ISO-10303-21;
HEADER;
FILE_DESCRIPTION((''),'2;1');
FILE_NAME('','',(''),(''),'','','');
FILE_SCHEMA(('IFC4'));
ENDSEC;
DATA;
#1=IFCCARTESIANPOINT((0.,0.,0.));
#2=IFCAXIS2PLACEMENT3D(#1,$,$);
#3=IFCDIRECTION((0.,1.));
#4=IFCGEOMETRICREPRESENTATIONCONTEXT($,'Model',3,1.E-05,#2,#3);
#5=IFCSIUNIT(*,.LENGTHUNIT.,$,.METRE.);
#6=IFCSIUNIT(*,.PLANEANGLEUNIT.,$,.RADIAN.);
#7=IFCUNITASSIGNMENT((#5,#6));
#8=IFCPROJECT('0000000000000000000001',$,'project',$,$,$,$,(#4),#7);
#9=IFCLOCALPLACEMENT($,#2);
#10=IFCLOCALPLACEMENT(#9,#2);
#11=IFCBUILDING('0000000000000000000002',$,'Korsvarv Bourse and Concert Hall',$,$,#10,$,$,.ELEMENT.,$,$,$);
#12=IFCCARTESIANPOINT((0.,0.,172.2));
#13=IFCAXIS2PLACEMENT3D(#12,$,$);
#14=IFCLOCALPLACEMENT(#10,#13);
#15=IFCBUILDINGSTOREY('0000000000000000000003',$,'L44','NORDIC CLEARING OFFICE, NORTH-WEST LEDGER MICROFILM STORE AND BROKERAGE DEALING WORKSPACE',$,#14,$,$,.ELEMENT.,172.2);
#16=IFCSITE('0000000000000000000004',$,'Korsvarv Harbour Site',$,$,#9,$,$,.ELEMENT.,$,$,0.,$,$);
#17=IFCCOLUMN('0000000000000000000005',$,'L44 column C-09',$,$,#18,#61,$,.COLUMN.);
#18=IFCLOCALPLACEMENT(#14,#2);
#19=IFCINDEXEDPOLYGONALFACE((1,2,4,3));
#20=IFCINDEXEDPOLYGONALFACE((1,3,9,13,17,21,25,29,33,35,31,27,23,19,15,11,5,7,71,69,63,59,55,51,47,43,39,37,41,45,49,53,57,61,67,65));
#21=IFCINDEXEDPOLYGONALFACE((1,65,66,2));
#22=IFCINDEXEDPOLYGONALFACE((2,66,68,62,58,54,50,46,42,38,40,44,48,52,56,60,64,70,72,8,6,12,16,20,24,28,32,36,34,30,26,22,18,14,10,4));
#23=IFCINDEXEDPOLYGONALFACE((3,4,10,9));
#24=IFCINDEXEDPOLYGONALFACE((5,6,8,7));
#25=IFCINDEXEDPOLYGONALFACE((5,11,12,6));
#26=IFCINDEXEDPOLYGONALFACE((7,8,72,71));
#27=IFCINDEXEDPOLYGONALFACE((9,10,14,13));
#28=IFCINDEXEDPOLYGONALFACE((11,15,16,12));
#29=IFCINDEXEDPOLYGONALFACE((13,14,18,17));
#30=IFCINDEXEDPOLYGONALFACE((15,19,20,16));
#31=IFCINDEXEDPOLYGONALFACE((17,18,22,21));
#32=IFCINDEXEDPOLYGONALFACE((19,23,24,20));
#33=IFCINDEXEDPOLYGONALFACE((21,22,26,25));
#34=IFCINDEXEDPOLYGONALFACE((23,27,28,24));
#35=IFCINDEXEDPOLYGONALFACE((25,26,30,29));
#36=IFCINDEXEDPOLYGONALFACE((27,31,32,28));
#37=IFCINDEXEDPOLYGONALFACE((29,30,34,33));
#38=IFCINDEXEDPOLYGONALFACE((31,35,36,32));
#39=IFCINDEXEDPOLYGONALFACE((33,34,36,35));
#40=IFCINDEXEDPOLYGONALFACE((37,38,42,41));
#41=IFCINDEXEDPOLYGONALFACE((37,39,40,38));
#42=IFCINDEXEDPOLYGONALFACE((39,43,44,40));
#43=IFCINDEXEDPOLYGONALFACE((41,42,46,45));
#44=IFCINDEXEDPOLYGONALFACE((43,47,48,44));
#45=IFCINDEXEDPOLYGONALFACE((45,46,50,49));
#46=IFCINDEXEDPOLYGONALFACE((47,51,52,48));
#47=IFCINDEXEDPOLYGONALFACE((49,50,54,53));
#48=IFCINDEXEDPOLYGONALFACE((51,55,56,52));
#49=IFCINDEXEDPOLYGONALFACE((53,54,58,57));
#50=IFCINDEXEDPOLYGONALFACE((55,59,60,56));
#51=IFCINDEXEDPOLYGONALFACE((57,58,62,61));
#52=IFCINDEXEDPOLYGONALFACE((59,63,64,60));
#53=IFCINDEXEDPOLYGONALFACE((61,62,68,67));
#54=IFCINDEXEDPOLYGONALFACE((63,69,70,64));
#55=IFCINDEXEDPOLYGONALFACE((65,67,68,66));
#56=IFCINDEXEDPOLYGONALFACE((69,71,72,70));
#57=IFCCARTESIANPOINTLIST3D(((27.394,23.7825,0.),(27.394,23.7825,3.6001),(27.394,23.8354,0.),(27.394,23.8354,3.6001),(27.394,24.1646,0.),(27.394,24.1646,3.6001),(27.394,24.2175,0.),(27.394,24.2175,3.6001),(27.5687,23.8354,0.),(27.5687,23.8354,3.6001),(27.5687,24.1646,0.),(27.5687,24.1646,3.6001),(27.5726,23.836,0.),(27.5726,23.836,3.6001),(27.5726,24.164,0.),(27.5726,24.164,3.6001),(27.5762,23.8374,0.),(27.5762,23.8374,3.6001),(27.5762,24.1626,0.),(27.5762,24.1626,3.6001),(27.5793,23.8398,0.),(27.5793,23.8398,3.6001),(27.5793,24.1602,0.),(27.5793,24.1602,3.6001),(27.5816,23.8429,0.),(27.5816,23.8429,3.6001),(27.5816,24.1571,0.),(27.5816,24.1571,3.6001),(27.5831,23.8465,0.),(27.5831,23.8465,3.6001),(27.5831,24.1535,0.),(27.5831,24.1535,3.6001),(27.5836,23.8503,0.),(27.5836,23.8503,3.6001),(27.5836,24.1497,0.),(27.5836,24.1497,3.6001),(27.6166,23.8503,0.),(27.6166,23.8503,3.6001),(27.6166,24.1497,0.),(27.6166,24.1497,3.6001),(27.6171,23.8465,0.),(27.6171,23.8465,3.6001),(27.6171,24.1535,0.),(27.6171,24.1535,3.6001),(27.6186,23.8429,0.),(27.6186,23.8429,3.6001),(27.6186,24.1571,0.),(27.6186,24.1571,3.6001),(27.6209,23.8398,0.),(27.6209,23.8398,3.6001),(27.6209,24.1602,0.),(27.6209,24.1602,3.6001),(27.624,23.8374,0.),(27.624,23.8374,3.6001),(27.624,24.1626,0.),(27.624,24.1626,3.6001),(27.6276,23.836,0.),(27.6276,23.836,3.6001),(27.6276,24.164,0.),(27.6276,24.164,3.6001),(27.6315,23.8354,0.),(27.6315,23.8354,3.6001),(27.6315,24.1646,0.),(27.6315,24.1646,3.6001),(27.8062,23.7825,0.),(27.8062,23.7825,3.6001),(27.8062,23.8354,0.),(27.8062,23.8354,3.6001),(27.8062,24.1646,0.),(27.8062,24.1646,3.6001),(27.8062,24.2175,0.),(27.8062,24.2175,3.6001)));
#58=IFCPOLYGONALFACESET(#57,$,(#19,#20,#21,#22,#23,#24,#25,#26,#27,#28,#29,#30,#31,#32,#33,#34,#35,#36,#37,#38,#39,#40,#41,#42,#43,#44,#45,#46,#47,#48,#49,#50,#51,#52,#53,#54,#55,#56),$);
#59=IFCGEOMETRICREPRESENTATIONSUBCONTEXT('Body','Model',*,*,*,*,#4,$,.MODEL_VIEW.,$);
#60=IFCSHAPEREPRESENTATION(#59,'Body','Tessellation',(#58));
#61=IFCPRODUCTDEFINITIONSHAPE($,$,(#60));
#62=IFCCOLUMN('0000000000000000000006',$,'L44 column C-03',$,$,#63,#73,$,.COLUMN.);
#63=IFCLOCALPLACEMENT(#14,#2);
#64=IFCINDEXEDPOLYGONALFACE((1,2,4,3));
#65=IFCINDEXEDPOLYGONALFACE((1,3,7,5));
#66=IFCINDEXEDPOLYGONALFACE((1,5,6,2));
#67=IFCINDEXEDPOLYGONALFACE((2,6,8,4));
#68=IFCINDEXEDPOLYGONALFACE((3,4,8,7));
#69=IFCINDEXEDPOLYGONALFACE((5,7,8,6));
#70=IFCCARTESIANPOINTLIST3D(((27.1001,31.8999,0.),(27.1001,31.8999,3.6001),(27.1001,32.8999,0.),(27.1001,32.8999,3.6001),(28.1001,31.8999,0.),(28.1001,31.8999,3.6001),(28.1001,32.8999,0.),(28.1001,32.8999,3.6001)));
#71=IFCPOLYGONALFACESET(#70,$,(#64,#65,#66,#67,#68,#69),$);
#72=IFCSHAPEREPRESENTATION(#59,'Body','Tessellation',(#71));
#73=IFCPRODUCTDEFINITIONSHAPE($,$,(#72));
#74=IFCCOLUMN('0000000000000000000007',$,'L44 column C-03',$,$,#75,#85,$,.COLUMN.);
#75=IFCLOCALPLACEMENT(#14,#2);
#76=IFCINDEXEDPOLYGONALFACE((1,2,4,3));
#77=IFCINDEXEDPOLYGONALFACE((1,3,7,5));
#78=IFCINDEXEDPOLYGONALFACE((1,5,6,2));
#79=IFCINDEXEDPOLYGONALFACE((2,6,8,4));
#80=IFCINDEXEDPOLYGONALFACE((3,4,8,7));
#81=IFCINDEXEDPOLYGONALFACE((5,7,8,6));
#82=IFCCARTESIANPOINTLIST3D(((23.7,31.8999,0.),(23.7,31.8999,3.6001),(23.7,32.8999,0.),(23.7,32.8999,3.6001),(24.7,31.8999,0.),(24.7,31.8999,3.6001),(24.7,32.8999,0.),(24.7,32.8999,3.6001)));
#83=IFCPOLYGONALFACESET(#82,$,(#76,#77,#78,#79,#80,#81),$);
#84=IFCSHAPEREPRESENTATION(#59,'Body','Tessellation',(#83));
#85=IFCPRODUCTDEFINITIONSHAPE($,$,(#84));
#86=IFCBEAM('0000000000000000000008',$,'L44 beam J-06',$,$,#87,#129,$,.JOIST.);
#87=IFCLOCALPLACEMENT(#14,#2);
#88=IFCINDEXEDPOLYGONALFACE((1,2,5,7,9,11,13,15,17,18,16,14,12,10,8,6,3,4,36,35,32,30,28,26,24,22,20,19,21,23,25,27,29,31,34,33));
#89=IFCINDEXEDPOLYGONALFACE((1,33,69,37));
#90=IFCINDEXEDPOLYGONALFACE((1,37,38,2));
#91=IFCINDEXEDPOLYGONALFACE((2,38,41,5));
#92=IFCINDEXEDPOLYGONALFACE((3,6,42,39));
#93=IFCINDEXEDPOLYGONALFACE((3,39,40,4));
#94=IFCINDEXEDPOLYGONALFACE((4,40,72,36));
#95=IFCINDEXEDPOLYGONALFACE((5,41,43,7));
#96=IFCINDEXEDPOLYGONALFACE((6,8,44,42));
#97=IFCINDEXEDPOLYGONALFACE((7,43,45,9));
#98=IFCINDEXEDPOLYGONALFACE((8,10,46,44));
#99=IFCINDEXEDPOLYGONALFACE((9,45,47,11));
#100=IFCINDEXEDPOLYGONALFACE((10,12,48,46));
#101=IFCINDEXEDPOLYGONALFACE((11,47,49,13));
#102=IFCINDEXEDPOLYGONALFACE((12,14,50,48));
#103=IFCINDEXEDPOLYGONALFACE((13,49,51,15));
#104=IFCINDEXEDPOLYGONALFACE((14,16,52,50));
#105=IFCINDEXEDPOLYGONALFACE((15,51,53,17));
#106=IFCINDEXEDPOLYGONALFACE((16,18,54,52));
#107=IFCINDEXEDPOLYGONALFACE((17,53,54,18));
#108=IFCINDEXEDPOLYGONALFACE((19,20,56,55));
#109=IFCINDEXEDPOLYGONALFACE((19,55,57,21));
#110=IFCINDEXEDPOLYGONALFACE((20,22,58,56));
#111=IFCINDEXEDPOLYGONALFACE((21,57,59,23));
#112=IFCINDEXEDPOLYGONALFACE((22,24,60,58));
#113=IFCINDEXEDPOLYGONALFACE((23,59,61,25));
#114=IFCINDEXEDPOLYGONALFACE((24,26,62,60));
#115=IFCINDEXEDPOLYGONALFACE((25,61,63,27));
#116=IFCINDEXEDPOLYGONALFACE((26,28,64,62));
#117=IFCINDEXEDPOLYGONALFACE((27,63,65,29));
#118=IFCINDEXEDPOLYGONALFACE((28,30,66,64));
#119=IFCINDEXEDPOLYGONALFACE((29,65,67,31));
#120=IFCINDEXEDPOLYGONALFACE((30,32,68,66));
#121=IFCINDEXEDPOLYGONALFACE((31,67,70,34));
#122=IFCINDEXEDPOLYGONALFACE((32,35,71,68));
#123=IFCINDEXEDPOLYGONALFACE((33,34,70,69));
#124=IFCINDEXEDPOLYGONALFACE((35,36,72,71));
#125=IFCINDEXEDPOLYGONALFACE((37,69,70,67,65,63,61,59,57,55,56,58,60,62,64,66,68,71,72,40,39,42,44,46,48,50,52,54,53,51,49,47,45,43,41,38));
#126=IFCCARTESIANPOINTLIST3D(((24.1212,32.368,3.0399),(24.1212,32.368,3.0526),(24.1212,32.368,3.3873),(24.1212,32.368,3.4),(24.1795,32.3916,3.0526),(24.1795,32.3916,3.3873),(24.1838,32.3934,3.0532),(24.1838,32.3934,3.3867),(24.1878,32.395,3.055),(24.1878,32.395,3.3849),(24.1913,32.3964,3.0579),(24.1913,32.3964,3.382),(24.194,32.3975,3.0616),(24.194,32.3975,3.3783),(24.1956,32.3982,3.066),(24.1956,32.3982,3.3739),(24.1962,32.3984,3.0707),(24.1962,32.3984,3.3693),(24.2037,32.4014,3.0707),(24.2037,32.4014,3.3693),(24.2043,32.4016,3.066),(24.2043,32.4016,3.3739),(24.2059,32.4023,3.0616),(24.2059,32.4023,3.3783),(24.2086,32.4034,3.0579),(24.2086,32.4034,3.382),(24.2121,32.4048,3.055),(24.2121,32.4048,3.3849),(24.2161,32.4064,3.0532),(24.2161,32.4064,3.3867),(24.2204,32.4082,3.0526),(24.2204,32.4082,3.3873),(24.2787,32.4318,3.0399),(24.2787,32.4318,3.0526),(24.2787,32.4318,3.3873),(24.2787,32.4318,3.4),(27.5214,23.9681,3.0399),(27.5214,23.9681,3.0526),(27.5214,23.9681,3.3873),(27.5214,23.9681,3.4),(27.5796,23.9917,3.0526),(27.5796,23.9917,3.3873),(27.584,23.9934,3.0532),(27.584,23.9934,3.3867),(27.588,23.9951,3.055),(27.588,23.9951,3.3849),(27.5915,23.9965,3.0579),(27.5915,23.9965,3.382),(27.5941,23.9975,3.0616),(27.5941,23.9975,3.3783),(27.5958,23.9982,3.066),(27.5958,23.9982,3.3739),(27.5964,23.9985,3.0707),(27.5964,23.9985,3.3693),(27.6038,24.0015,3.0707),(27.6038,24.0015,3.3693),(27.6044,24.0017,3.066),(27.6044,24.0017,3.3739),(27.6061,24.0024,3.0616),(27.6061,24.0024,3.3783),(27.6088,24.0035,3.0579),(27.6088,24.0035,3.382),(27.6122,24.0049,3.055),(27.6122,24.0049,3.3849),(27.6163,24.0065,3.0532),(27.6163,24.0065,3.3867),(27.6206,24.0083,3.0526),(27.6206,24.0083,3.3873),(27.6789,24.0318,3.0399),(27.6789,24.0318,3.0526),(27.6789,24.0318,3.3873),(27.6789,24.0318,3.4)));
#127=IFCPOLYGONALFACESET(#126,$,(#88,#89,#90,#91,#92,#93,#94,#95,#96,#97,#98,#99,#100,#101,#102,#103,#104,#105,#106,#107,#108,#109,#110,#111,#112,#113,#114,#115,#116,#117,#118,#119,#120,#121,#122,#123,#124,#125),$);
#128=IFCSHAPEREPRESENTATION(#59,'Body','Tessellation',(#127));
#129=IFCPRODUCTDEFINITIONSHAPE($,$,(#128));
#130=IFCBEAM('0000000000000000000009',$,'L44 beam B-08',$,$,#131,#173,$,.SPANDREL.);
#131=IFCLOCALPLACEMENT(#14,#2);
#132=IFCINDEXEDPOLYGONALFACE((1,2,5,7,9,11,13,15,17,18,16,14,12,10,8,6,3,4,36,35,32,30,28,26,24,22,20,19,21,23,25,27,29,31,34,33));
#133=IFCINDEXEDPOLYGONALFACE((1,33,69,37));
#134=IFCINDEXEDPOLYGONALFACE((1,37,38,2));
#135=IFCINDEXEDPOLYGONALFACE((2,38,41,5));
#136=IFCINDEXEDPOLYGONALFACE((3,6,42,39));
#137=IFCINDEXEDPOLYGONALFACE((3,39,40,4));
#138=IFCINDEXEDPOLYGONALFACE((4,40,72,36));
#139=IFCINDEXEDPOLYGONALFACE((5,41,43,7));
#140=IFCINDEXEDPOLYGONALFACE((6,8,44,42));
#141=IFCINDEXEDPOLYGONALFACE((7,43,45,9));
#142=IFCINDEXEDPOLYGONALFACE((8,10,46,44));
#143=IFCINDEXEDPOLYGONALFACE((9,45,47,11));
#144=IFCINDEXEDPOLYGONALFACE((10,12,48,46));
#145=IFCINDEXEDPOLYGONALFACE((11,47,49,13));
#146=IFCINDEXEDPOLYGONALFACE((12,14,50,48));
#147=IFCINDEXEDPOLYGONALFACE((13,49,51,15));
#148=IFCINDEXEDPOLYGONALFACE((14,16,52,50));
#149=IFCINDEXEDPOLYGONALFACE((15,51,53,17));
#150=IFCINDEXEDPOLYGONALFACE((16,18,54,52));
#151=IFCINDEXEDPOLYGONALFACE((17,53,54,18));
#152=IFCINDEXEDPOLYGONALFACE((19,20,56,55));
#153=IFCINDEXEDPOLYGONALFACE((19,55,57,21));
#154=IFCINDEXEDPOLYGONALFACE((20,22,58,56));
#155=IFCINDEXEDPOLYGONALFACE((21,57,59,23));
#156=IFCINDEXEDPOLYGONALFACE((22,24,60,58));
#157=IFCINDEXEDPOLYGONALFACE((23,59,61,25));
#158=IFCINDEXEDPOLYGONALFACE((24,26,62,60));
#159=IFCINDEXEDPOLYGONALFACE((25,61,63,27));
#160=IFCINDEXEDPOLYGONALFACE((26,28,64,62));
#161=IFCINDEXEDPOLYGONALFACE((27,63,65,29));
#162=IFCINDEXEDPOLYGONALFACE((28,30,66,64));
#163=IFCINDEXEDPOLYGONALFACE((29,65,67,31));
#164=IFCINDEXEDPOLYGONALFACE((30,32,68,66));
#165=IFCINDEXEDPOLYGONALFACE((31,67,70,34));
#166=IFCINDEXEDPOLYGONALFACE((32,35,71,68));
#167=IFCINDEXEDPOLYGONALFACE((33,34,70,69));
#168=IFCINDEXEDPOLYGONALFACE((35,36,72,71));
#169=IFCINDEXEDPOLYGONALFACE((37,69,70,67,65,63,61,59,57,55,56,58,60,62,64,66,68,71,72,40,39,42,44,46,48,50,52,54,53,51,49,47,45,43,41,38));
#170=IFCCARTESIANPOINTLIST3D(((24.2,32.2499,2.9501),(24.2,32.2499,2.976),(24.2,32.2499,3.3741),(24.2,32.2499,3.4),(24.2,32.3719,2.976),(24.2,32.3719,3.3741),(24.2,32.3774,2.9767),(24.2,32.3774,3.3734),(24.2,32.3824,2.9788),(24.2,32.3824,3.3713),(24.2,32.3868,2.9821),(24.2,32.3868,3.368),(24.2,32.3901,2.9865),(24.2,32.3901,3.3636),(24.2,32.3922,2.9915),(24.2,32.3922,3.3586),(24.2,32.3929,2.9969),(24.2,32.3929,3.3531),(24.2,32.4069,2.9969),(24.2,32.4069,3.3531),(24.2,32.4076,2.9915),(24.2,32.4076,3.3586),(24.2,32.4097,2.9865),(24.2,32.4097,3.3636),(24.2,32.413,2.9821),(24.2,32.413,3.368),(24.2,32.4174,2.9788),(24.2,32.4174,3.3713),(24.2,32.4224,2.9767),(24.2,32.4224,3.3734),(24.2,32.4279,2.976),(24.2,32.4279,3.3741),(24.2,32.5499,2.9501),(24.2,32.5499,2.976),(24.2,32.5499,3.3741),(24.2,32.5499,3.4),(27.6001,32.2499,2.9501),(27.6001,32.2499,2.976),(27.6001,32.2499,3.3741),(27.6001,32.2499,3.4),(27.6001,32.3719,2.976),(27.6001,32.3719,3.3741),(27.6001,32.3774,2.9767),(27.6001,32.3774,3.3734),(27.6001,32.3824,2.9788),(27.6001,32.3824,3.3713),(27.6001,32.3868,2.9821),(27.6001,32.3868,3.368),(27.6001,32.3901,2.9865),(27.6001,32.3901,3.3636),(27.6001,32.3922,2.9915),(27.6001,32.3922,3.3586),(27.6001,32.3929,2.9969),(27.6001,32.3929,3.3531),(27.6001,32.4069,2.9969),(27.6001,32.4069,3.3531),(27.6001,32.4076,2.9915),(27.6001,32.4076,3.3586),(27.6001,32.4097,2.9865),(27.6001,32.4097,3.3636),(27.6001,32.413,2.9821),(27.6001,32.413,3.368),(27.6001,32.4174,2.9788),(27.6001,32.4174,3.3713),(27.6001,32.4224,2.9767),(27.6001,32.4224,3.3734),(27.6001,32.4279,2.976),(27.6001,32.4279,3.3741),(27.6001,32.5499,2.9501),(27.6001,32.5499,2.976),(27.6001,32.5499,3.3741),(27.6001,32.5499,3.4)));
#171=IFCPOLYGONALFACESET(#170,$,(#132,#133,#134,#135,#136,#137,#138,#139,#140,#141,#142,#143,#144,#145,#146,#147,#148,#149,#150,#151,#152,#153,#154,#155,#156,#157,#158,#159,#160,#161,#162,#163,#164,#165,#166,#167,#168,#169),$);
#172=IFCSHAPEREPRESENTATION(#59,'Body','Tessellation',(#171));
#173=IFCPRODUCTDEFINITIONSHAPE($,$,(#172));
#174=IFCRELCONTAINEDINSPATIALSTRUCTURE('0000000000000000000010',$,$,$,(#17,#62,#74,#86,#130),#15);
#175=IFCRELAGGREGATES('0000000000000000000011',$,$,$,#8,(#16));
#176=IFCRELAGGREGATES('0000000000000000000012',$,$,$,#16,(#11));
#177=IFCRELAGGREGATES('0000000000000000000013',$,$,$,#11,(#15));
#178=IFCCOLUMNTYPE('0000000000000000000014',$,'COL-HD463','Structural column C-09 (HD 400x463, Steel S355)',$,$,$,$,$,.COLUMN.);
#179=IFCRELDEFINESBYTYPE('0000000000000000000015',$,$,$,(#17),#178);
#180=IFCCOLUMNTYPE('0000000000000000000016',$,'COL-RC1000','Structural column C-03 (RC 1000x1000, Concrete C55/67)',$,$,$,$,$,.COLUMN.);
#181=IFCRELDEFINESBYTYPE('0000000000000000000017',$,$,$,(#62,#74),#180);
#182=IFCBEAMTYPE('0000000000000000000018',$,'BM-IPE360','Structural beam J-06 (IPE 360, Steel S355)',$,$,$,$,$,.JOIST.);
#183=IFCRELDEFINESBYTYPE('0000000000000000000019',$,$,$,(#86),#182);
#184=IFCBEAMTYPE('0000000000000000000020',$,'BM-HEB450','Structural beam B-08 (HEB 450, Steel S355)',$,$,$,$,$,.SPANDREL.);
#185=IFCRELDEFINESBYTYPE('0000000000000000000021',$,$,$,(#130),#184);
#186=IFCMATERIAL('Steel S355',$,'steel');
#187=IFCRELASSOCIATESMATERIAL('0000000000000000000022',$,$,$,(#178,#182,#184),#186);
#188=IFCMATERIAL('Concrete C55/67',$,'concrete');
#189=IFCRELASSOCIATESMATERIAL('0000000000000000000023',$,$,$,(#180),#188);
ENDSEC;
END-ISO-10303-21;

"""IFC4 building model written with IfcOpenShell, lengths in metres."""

from ifc_helpers import new_model, si_unit, direction, frame, origin, origin_2d, place, context, subcontext, project, spatial, rectangle, i_section, extrude, source, transform, mapped, material, material_profile, profile_set, type_object, element, save


model = new_model("IFC4")

# Units and contexts
model_context = context("Model", 3, precision=1e-05, world=origin(), true_north=direction((0.0, 1.0)))
body_context = subcontext(model_context, "Body", "Model", "MODEL_VIEW")
ifc_project = project(units=[si_unit("LENGTHUNIT", "METRE"), si_unit("PLANEANGLEUNIT", "RADIAN")], contexts=[model_context])

# Site, building, storey
site_placement = place(None, origin())
site = spatial("IfcSite", under=ifc_project, at=site_placement, Name="Korsvarv Harbour Site", CompositionType="ELEMENT", RefElevation=0.0)
building_placement = place(site_placement, origin())
building = spatial("IfcBuilding", under=site, at=building_placement, Name="Korsvarv Bourse and Concert Hall", CompositionType="ELEMENT")
storey_placement = place(building_placement, frame((0.0, 0.0, 172.2)))
storey = spatial("IfcBuildingStorey", under=building, at=storey_placement, Name="L44", Description="NORDIC CLEARING OFFICE, NORTH-WEST LEDGER MICROFILM STORE AND BROKERAGE DEALING WORKSPACE", CompositionType="ELEMENT", Elevation=172.2)

# Columns
ifc_material_1 = material(Name="Steel S355", Category="steel")
ifc_material_profile_1 = material_profile(ifc_material_1, i_section(OverallWidth=0.4121, OverallDepth=0.4351, WebThickness=0.033, FlangeThickness=0.053, FilletRadius=0.0149, at=origin_2d()), Name="HD 400x463")
ifc_profile_set_1 = profile_set([ifc_material_profile_1], Name="Steel S355")
column_type_1 = type_object("IfcColumnType", Name="COL-HD463", Description="Structural column C-09 (HD 400x463, Steel S355)", PredefinedType="COLUMN", material=ifc_profile_set_1)
shared_shape_1 = source(origin(), body_context, "Body", "SweptSolid", [
    extrude(i_section(OverallWidth=0.4121, OverallDepth=0.4351, WebThickness=0.033, FlangeThickness=0.053, FilletRadius=0.0149, at=origin_2d()), origin(), (0.0, 0.0, 1.0), 3.6001),
])
column_placement = place(storey_placement, frame((27.6001, 24.0, 0.0), z_axis=(0.0, 0.0, 1.0), x_axis=(1.0, 0.0, 0.0)))
element("IfcColumn", 1, at=column_placement, inside=storey, type_object=column_type_1, Name="L44 column C-09", PredefinedType="COLUMN", context=body_context, shape_type="MappedRepresentation", body=[
    mapped(shared_shape_1, transform((0.0, 0.0, 0.0), scale=1.0)),
])
ifc_material_2 = material(Name="Concrete C55/67", Category="concrete")
ifc_material_profile_2 = material_profile(ifc_material_2, rectangle(XDim=1.0, YDim=1.0, at=origin_2d()), Name="RC 1000x1000")
ifc_profile_set_2 = profile_set([ifc_material_profile_2], Name="Concrete C55/67")
column_type_2 = type_object("IfcColumnType", Name="COL-RC1000", Description="Structural column C-03 (RC 1000x1000, Concrete C55/67)", PredefinedType="COLUMN", material=ifc_profile_set_2)
shared_shape_2 = source(origin(), body_context, "Body", "SweptSolid", [
    extrude(rectangle(XDim=1.0, YDim=1.0, at=origin_2d()), origin(), (0.0, 0.0, 1.0), 3.6001),
])
for number, where, z_axis, x_axis, name in (
    (2, (27.6001, 32.3999, 0.0), (0.0, 0.0, 1.0), (1.0, 0.0, 0.0), "L44 column C-03"),
    (3, (24.2, 32.3999, 0.0), (0.0, 0.0, 1.0), (1.0, 0.0, 0.0), "L44 column C-03"),
):
    element("IfcColumn", number, at=place(storey_placement, frame(where, z_axis=z_axis, x_axis=x_axis)), inside=storey, type_object=column_type_2, Name=name, PredefinedType="COLUMN", context=body_context, shape_type="MappedRepresentation", body=[
        mapped(shared_shape_2, transform((0.0, 0.0, 0.0), scale=1.0)),
    ])

# Beams
ifc_material_profile_3 = material_profile(ifc_material_1, i_section(OverallWidth=0.1699, OverallDepth=0.3601, WebThickness=0.0081, FlangeThickness=0.0127, FilletRadius=0.0181, at=origin_2d()), Name="IPE 360")
ifc_profile_set_3 = profile_set([ifc_material_profile_3], Name="Steel S355")
beam_type_1 = type_object("IfcBeamType", Name="BM-IPE360", Description="Structural beam J-06 (IPE 360, Steel S355)", PredefinedType="JOIST", material=ifc_profile_set_3)
shared_shape_3 = source(origin(), body_context, "Body", "SweptSolid", [
    extrude(i_section(OverallWidth=0.1699, OverallDepth=0.3601, WebThickness=0.0081, FlangeThickness=0.0127, FilletRadius=0.0181, at=origin_2d()), origin(), (0.0, 0.0, 1.0), 9.062),
])
beam_1_placement = place(storey_placement, frame((24.2, 32.3999, 3.22), z_axis=(0.37521, -0.92694, 0.0), x_axis=(0.92694, 0.37521, 0.0)))
element("IfcBeam", 4, at=beam_1_placement, inside=storey, type_object=beam_type_1, Name="L44 beam J-06", PredefinedType="JOIST", context=body_context, shape_type="MappedRepresentation", body=[
    mapped(shared_shape_3, transform((0.0, 0.0, 0.0), scale=1.0)),
])
ifc_material_profile_4 = material_profile(ifc_material_1, i_section(OverallWidth=0.3, OverallDepth=0.45, WebThickness=0.0139, FlangeThickness=0.0259, FilletRadius=0.021, at=origin_2d()), Name="HEB 450")
ifc_profile_set_4 = profile_set([ifc_material_profile_4], Name="Steel S355")
beam_type_2 = type_object("IfcBeamType", Name="BM-HEB450", Description="Structural beam B-08 (HEB 450, Steel S355)", PredefinedType="SPANDREL", material=ifc_profile_set_4)
shared_shape_4 = source(origin(), body_context, "Body", "SweptSolid", [
    extrude(i_section(OverallWidth=0.3, OverallDepth=0.45, WebThickness=0.0139, FlangeThickness=0.0259, FilletRadius=0.021, at=origin_2d()), origin(), (0.0, 0.0, 1.0), 3.4001),
])
beam_2_placement = place(storey_placement, frame((24.2, 32.3999, 3.175), z_axis=(1.0, 0.0, 0.0), x_axis=(0.0, 1.0, 0.0)))
element("IfcBeam", 5, at=beam_2_placement, inside=storey, type_object=beam_type_2, Name="L44 beam B-08", PredefinedType="SPANDREL", context=body_context, shape_type="MappedRepresentation", body=[
    mapped(shared_shape_4, transform((0.0, 0.0, 0.0), scale=1.0)),
])

save(model, "model.ifc")
